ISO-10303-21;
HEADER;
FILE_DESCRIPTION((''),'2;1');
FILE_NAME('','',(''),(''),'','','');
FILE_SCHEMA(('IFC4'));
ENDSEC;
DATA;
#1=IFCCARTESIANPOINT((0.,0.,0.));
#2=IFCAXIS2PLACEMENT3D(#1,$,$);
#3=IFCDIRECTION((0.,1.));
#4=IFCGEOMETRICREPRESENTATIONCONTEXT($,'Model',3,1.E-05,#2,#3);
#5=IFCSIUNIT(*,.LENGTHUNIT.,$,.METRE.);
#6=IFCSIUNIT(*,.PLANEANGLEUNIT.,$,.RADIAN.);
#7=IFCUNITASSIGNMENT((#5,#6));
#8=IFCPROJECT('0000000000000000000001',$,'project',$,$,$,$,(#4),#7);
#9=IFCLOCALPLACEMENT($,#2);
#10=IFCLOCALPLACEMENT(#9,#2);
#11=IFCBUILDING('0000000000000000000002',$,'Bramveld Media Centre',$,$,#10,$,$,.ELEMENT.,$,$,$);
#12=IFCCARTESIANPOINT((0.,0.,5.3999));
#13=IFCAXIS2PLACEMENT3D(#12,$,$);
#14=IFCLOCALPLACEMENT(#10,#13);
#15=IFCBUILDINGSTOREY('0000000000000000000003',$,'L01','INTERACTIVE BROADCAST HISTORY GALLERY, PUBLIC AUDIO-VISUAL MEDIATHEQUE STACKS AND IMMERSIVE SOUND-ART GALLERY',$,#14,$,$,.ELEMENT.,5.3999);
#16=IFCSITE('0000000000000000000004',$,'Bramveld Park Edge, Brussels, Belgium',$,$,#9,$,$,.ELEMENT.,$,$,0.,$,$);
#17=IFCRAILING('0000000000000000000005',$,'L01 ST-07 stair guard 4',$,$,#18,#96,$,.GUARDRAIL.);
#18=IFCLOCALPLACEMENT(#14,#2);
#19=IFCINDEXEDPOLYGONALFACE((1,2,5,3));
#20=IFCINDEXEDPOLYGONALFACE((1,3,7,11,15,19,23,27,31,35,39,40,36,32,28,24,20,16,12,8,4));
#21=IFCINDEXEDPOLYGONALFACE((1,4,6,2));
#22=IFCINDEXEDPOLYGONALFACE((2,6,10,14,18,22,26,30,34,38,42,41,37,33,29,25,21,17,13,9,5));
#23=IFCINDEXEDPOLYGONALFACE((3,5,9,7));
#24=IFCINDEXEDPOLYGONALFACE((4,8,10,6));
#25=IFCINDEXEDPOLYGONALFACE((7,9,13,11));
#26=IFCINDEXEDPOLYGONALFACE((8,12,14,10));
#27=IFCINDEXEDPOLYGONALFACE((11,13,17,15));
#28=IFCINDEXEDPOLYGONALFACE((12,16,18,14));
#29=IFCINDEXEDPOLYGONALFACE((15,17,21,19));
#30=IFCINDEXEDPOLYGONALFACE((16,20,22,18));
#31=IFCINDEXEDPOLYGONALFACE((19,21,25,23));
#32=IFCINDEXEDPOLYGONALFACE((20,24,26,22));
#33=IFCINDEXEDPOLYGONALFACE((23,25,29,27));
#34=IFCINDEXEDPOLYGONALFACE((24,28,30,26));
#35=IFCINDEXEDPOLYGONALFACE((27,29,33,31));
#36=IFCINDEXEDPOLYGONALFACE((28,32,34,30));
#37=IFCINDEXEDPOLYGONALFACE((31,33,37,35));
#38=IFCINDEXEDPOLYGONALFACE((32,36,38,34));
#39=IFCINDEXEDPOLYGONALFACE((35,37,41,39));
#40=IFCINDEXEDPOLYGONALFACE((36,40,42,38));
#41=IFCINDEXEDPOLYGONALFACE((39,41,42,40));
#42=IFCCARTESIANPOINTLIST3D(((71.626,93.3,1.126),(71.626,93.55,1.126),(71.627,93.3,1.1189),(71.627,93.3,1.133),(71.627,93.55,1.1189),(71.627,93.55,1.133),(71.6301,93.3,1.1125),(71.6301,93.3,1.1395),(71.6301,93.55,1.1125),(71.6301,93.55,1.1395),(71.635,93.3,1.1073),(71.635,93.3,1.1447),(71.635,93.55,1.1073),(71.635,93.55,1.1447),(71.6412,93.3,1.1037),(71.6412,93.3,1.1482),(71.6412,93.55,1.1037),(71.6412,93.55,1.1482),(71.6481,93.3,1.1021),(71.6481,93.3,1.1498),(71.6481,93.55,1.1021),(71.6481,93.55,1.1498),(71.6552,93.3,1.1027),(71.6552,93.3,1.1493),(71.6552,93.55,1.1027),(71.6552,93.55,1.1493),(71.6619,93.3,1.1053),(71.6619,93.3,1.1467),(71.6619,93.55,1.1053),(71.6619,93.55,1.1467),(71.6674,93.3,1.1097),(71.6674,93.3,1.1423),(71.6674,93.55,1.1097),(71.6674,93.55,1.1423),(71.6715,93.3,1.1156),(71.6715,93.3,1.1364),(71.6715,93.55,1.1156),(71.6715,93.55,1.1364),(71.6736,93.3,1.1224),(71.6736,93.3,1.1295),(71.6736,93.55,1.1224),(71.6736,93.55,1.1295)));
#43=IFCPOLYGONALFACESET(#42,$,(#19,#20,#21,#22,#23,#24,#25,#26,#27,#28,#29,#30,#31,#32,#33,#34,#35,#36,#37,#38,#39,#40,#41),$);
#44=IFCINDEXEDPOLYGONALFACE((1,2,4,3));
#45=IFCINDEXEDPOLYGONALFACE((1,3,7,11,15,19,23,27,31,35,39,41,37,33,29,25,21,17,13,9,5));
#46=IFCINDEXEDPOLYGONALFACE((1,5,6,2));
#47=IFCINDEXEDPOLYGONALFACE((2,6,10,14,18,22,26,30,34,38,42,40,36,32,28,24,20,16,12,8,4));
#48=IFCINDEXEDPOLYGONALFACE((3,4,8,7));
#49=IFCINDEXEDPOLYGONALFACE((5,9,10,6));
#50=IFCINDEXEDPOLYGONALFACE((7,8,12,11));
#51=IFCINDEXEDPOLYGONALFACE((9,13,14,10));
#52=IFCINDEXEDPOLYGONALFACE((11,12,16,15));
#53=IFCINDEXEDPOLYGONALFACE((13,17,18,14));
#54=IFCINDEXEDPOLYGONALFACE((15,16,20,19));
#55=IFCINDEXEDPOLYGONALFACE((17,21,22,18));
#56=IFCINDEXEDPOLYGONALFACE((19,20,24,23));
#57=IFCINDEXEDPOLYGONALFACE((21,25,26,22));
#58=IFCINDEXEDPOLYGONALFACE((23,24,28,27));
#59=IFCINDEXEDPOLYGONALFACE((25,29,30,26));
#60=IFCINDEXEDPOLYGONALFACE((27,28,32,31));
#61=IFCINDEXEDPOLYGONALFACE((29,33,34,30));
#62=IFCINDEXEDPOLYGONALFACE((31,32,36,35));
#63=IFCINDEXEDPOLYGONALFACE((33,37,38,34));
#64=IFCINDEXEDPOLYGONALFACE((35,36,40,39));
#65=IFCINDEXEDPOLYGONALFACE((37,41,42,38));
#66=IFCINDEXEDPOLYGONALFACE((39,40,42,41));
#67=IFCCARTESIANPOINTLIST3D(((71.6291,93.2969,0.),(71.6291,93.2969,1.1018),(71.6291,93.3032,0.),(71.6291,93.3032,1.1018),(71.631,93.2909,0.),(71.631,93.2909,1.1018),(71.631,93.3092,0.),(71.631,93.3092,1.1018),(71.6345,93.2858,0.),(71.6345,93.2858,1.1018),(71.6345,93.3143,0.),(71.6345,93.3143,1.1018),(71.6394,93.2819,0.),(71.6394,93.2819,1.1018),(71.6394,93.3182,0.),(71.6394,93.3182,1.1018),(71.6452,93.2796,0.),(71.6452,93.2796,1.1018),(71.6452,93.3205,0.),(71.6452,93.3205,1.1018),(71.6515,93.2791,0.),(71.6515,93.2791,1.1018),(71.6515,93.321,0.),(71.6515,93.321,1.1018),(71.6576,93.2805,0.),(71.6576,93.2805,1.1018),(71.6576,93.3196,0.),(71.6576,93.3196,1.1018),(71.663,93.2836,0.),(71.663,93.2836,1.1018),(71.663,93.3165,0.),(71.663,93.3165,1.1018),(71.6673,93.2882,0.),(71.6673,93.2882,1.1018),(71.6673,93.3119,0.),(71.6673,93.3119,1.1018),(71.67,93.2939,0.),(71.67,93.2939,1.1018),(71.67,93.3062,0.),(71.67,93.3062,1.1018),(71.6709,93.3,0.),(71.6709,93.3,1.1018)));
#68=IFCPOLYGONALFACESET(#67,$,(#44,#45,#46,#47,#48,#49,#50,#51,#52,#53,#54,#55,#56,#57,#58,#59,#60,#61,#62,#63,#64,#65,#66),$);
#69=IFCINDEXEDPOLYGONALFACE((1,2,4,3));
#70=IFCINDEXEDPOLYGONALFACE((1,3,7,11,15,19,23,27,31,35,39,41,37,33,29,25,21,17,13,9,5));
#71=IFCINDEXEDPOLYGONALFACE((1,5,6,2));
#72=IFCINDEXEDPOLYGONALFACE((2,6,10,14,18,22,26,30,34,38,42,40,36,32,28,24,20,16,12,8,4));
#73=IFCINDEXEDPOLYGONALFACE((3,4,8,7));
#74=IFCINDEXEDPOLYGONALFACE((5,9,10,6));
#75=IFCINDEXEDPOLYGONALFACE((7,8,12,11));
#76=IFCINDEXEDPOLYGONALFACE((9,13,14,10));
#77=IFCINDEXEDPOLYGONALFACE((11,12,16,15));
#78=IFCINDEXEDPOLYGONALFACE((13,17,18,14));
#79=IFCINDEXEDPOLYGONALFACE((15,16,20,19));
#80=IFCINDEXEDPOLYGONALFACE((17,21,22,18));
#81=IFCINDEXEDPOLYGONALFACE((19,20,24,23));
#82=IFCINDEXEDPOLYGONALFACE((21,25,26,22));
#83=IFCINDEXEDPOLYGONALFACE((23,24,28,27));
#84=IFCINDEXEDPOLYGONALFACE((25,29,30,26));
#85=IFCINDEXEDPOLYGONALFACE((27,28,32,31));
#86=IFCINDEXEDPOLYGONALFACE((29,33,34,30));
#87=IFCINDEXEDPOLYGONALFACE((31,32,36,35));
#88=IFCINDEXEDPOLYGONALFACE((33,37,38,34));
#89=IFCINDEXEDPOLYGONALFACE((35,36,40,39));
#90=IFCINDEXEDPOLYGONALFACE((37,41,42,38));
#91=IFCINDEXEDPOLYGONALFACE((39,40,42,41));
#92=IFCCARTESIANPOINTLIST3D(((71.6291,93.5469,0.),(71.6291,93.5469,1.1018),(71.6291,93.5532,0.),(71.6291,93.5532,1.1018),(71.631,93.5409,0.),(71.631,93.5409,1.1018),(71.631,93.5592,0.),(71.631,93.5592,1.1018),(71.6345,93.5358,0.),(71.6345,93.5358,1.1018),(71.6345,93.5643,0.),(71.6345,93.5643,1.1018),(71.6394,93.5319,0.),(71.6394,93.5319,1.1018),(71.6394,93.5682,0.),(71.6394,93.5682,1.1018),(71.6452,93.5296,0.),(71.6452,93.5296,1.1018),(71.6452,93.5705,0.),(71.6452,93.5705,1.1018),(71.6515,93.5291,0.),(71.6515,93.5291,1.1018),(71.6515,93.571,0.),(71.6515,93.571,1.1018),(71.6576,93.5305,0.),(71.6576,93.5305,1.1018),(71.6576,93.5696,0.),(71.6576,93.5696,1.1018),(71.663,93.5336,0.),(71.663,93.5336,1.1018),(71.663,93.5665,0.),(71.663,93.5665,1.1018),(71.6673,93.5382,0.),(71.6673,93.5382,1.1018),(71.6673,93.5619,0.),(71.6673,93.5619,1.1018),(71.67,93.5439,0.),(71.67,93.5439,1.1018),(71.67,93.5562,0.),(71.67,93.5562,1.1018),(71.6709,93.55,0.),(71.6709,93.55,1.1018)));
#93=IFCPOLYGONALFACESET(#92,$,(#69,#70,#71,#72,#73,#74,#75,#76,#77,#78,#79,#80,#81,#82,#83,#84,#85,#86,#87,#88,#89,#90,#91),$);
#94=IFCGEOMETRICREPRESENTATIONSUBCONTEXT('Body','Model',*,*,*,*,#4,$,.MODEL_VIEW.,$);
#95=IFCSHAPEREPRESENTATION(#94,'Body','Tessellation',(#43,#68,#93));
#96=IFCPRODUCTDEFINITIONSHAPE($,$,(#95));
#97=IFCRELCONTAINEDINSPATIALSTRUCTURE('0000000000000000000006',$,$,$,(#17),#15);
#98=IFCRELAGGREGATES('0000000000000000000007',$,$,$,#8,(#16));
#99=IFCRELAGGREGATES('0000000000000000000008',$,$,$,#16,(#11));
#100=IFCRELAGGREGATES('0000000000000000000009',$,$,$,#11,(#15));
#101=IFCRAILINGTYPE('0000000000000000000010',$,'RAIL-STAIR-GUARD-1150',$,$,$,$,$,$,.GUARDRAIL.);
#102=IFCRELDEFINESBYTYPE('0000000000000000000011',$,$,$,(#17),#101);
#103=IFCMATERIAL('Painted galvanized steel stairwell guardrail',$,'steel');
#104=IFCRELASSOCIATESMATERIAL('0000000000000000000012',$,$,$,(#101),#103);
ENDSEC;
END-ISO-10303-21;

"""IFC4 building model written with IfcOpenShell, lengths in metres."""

from ifc_helpers import new_model, si_unit, direction, frame, origin, origin_2d, place, context, subcontext, project, spatial, circle, extrude, material, type_object, element, save


model = new_model("IFC4")

# Units and contexts
model_context = context("Model", 3, precision=1e-05, world=origin(), true_north=direction((0.0, 1.0)))
body_context = subcontext(model_context, "Body", "Model", "MODEL_VIEW")
ifc_project = project(units=[si_unit("LENGTHUNIT", "METRE"), si_unit("PLANEANGLEUNIT", "RADIAN")], contexts=[model_context])

# Site, building, storey
site_placement = place(None, origin())
site = spatial("IfcSite", under=ifc_project, at=site_placement, Name="Bramveld Park Edge, Brussels, Belgium", CompositionType="ELEMENT", RefElevation=0.0)
building_placement = place(site_placement, origin())
building = spatial("IfcBuilding", under=site, at=building_placement, Name="Bramveld Media Centre", CompositionType="ELEMENT")
storey_placement = place(building_placement, frame((0.0, 0.0, 5.3999)))
storey = spatial("IfcBuildingStorey", under=building, at=storey_placement, Name="L01", Description="INTERACTIVE BROADCAST HISTORY GALLERY, PUBLIC AUDIO-VISUAL MEDIATHEQUE STACKS AND IMMERSIVE SOUND-ART GALLERY", CompositionType="ELEMENT", Elevation=5.3999)

# Railing
ifc_material_1 = material(Name="Painted galvanized steel stairwell guardrail", Category="steel")
railing_type_1 = type_object("IfcRailingType", Name="RAIL-STAIR-GUARD-1150", PredefinedType="GUARDRAIL", material=ifc_material_1)
railing_1_placement = place(storey_placement, frame((71.6499, 93.3, 0.0)))
element("IfcRailing", 1, at=railing_1_placement, inside=storey, type_object=railing_type_1, Name="L01 ST-07 stair guard 4", PredefinedType="GUARDRAIL", context=body_context, shape_type="SweptSolid", body=[
    extrude(circle(Radius=0.0239, at=origin_2d()), frame((0.0, 0.0, 1.126), z_axis=(0.0, 1.0, 0.0), x_axis=(-1.0, 0.0, 0.0)), (0.0, 0.0, 1.0), 0.25),
    extrude(circle(Radius=0.021, at=origin_2d()), origin(), (0.0, 0.0, 1.0), 1.1018),
    extrude(circle(Radius=0.021, at=origin_2d()), frame((0.0, 0.25, 0.0)), (0.0, 0.0, 1.0), 1.1018),
])

save(model, "model.ifc")
